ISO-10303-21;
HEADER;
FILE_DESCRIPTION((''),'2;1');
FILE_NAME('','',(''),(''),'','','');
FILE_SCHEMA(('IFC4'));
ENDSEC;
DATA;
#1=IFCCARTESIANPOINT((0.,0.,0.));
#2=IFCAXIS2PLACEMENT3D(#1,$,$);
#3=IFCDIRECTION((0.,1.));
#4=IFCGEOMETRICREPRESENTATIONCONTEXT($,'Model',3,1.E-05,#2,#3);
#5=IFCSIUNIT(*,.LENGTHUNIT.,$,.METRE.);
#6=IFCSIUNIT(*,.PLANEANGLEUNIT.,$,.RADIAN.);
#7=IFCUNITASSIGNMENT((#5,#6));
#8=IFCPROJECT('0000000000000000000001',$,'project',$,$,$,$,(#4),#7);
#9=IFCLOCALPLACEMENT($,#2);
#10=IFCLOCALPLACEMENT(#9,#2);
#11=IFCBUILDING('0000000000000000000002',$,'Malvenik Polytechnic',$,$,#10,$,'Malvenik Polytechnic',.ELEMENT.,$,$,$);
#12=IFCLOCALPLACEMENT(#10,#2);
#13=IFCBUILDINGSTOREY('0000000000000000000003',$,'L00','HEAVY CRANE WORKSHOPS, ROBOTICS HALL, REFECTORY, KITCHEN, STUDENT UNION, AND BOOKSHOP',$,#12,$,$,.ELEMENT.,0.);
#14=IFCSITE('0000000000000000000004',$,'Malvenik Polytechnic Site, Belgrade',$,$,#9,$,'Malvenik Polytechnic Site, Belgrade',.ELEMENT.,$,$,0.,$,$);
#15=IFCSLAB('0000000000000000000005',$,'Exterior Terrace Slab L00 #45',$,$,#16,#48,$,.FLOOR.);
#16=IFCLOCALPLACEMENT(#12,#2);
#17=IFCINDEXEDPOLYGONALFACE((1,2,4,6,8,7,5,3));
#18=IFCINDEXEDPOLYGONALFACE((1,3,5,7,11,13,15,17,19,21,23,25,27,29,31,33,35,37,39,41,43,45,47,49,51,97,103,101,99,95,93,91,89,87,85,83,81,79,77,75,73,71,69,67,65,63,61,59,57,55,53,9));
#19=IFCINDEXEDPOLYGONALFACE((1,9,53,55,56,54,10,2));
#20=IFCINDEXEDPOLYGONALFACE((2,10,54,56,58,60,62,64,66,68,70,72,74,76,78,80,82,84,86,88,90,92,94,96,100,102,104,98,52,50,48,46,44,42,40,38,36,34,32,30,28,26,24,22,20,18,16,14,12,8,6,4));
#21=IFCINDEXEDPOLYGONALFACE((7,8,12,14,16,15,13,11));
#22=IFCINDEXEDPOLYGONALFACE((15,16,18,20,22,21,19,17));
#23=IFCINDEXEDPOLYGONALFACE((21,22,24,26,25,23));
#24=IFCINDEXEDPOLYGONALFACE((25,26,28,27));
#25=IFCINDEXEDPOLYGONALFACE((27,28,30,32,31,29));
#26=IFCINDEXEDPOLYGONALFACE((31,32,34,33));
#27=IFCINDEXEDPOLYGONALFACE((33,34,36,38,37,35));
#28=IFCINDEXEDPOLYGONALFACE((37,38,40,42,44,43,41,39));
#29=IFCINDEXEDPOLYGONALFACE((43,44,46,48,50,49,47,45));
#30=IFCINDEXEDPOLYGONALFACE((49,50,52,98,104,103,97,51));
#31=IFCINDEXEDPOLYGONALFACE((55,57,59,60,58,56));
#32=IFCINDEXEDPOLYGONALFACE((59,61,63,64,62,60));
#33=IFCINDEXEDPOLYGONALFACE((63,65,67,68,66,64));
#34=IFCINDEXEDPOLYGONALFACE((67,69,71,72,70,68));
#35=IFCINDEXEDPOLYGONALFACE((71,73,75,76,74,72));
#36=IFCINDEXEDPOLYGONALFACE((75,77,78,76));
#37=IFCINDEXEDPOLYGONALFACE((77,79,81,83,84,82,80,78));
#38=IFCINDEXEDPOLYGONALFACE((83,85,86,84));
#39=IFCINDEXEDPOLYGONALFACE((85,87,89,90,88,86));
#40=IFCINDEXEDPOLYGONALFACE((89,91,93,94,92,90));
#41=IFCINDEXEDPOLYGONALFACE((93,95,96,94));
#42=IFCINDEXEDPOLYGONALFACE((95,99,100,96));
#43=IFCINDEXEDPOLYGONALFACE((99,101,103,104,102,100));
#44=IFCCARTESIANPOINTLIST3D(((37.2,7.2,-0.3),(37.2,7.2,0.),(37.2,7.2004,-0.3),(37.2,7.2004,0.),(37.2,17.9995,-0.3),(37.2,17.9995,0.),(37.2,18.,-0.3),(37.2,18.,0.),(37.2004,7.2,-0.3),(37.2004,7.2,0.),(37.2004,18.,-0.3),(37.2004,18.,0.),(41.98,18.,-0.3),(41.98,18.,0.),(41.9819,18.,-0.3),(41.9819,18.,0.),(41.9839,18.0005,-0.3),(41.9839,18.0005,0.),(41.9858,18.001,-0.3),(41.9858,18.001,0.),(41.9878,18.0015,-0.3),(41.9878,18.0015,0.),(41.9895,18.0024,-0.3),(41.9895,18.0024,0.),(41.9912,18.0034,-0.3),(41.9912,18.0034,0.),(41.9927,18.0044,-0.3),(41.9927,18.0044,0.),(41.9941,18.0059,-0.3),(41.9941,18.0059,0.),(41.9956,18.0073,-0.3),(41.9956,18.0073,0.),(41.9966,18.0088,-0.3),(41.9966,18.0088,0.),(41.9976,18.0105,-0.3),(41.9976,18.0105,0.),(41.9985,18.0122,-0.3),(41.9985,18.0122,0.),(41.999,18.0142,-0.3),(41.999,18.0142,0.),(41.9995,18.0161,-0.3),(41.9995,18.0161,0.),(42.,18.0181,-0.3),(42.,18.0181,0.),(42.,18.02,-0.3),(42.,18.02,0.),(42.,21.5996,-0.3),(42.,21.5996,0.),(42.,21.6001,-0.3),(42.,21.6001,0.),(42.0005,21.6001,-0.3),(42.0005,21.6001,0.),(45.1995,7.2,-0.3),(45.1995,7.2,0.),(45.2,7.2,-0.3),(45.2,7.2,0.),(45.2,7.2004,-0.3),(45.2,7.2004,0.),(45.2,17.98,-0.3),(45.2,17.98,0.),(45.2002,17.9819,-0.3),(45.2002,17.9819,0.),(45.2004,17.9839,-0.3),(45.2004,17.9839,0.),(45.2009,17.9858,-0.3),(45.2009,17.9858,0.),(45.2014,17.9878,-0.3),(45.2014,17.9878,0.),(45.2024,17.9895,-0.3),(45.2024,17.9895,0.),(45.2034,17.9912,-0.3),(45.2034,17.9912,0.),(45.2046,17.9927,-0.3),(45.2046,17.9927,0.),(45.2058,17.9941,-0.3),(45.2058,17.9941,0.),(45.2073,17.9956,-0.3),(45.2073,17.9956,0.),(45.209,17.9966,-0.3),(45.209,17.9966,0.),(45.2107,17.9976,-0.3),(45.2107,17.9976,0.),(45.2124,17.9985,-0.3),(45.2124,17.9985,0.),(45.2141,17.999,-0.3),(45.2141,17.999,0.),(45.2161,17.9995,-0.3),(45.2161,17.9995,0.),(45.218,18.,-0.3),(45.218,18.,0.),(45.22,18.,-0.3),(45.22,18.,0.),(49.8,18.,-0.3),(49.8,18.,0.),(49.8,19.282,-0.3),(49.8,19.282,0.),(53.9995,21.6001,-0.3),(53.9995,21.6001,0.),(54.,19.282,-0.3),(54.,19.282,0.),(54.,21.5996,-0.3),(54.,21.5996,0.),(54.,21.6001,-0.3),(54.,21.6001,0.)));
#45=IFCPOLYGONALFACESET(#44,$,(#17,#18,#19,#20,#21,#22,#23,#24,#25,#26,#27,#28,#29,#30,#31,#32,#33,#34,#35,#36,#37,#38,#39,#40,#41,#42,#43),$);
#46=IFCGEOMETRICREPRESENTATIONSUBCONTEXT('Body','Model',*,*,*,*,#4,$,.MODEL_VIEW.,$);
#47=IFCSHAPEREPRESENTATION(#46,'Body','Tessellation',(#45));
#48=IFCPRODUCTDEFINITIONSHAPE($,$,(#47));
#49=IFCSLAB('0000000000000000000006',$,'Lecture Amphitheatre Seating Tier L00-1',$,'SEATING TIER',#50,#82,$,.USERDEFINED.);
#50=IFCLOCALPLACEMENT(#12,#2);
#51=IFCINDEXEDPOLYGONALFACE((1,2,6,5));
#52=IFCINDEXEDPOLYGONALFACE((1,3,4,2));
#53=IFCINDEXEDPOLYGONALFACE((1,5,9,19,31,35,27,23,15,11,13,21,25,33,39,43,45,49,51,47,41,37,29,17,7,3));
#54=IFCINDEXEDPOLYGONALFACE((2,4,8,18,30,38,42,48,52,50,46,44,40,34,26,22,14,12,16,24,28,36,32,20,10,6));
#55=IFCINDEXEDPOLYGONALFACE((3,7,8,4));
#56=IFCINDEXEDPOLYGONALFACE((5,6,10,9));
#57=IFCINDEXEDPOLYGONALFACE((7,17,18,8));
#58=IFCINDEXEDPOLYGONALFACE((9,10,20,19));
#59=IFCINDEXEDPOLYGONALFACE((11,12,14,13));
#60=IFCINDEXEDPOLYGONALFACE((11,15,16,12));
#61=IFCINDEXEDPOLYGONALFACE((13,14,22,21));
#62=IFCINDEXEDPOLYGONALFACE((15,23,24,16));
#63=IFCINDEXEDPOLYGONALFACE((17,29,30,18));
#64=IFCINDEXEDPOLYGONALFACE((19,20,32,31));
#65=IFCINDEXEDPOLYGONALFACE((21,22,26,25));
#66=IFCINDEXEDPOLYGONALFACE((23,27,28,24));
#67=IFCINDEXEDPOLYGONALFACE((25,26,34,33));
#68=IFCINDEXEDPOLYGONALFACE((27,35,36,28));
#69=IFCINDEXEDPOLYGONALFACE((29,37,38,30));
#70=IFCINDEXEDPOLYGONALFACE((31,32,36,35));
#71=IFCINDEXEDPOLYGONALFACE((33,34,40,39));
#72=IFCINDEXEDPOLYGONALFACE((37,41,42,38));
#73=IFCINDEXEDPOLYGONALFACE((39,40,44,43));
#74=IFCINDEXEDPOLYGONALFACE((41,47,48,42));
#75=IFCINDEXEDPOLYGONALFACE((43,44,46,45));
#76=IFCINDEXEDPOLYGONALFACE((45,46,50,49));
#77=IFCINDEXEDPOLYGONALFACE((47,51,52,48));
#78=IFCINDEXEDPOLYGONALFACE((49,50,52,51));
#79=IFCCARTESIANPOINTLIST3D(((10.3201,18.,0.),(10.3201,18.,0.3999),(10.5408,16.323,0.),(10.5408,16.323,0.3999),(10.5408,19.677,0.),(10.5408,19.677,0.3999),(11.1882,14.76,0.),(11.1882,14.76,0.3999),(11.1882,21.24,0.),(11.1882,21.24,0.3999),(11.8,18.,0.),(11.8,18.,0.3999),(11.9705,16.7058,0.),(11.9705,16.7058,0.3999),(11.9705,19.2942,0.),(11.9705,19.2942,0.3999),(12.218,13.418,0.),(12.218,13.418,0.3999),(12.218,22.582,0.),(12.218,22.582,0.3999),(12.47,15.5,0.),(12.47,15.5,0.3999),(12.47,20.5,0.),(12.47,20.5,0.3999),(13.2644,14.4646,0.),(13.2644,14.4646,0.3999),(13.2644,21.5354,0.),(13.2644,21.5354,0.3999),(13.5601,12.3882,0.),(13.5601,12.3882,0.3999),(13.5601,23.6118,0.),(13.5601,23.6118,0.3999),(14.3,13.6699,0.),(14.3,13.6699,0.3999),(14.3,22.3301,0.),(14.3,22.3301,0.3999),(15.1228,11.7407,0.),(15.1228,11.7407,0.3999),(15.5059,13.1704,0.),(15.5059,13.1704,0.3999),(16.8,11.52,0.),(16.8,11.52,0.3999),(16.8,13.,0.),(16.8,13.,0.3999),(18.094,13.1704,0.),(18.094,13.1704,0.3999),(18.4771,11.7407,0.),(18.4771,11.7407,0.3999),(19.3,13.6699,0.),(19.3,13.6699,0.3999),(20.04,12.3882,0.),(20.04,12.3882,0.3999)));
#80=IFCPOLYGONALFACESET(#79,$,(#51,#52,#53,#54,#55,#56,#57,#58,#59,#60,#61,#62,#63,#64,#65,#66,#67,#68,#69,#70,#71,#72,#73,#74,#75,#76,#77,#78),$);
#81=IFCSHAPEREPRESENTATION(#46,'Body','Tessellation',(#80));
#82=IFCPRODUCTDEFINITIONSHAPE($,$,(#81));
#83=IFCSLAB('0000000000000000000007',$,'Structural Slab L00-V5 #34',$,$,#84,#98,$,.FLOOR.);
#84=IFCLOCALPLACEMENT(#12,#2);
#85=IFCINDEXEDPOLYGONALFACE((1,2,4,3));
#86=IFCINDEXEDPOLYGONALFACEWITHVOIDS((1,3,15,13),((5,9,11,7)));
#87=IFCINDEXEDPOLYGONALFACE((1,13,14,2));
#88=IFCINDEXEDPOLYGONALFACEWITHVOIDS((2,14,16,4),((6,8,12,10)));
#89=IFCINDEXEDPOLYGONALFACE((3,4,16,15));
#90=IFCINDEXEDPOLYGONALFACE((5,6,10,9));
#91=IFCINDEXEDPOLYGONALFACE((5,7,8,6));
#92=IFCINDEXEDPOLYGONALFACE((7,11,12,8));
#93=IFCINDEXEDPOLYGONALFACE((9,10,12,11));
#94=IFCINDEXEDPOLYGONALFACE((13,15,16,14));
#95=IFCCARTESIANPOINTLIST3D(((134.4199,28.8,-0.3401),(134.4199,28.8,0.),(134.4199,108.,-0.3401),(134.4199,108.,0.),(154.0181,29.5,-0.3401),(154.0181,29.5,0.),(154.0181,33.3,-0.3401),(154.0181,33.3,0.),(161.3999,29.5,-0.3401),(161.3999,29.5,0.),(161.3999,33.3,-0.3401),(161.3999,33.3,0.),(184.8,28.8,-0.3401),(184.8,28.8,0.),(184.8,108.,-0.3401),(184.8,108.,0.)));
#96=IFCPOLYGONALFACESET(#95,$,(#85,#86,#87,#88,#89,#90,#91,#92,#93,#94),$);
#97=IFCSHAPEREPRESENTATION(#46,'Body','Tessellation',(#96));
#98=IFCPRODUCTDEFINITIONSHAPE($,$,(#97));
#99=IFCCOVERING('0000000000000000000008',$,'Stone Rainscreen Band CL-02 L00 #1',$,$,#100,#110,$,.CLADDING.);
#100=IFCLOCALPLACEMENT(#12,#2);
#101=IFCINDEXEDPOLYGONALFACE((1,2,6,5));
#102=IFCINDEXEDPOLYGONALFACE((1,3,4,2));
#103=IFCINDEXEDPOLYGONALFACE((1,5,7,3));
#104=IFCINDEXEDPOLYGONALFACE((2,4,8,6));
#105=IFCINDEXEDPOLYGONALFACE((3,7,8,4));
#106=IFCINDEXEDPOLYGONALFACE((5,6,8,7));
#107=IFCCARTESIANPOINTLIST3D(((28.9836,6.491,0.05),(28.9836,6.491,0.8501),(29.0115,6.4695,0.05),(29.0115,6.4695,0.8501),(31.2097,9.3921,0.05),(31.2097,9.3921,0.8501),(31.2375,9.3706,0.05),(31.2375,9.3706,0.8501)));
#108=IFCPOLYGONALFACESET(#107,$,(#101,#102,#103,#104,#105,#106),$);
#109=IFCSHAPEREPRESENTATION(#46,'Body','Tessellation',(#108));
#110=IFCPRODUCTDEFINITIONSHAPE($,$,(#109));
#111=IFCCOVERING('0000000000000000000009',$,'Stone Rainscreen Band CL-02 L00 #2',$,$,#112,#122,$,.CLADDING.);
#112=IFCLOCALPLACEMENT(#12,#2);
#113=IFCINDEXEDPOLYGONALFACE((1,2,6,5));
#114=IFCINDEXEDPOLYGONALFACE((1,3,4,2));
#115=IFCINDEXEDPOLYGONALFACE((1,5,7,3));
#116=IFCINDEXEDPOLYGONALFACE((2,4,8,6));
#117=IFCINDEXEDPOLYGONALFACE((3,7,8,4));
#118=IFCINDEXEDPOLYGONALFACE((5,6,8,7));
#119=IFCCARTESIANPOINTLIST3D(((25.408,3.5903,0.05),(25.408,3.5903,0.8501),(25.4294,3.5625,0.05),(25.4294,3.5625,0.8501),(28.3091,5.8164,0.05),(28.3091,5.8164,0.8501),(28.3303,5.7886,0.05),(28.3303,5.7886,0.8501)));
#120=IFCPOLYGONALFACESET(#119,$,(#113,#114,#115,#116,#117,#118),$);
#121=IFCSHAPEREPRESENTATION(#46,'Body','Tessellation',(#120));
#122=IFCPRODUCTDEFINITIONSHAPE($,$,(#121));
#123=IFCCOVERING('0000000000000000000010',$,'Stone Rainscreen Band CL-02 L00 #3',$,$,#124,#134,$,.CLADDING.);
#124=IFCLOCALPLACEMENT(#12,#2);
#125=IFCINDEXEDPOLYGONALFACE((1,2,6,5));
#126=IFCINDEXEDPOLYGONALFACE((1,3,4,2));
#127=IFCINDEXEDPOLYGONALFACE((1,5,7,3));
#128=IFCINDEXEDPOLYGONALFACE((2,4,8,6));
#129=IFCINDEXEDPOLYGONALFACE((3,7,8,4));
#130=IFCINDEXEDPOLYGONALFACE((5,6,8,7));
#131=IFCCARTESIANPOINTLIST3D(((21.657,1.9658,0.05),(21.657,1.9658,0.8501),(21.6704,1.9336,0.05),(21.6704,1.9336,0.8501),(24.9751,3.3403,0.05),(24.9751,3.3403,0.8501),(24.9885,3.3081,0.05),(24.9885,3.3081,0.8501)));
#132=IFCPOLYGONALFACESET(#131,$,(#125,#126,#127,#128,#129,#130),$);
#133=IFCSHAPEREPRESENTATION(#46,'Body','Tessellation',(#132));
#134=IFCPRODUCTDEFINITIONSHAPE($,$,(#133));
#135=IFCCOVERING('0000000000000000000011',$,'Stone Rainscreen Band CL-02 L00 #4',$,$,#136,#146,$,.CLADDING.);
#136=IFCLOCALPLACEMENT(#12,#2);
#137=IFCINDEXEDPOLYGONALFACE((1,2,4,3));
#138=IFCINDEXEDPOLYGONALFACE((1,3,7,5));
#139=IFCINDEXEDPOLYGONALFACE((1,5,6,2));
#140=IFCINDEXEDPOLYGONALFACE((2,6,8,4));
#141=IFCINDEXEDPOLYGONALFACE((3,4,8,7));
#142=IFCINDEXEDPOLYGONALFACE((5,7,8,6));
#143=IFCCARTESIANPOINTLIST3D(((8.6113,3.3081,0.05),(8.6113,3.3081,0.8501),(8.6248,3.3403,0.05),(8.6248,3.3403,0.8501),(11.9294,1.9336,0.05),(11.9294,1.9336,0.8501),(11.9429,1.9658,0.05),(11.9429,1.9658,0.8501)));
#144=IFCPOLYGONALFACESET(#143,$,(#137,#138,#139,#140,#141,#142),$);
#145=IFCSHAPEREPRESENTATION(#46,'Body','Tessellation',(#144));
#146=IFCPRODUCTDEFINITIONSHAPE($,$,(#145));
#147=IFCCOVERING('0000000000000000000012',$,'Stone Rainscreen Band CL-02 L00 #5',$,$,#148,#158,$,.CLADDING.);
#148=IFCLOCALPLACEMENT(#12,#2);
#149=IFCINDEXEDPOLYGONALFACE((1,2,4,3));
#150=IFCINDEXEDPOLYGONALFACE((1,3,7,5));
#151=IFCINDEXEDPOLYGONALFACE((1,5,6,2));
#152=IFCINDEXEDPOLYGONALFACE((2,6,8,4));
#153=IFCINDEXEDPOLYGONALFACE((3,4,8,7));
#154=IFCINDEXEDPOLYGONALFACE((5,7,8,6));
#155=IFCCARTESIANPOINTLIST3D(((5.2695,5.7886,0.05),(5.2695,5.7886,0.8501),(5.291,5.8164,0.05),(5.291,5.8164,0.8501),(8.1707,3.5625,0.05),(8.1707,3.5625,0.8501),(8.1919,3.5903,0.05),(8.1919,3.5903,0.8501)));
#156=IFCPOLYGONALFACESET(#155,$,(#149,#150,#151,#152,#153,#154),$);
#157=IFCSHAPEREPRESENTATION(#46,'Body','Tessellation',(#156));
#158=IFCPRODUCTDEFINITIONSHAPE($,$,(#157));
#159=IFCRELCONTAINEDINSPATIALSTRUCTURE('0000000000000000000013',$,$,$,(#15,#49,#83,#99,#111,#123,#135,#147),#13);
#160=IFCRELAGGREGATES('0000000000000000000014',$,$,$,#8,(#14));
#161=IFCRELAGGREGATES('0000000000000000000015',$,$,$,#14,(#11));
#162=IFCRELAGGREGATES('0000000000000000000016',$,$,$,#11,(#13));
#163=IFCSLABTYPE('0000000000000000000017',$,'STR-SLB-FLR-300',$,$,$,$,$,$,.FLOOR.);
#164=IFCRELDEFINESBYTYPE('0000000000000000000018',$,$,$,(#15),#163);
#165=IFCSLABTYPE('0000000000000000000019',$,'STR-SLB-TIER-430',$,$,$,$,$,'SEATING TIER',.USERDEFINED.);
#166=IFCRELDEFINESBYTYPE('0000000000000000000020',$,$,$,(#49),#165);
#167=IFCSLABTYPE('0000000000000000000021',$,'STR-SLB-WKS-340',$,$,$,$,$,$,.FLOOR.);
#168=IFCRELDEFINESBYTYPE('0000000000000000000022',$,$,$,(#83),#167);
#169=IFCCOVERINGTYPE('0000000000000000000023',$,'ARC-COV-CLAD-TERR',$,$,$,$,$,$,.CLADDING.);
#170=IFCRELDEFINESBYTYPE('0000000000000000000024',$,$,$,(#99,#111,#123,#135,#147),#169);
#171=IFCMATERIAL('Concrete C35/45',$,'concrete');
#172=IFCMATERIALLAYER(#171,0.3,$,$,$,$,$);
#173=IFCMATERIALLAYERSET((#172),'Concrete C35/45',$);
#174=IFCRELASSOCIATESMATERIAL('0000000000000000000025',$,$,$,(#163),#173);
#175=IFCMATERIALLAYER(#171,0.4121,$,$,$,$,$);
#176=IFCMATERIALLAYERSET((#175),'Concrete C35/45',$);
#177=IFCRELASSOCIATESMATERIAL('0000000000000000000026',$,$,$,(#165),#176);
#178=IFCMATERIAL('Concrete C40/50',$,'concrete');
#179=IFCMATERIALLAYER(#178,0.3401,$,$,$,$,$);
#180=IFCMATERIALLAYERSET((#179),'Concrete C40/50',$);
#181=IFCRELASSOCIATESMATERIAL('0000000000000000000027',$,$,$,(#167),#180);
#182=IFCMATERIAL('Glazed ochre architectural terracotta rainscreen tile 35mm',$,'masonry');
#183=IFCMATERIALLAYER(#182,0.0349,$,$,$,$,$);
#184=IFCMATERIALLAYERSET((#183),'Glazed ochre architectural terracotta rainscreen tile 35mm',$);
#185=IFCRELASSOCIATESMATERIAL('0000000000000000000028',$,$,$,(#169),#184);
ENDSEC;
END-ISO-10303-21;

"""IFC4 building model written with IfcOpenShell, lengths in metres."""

from ifc_helpers import new_model, si_unit, direction, frame, origin, place, context, subcontext, project, spatial, polyline, outline, extrude, material, layer, layer_set, type_object, element, save


model = new_model("IFC4")

# Units and contexts
model_context = context("Model", 3, precision=1e-05, world=origin(), true_north=direction((0.0, 1.0)))
body_context = subcontext(model_context, "Body", "Model", "MODEL_VIEW")
ifc_project = project(units=[si_unit("LENGTHUNIT", "METRE"), si_unit("PLANEANGLEUNIT", "RADIAN")], contexts=[model_context])

# Site, building, storey
site_placement = place(None, origin())
site = spatial("IfcSite", under=ifc_project, at=site_placement, Name="Malvenik Polytechnic Site, Belgrade", LongName="Malvenik Polytechnic Site, Belgrade", CompositionType="ELEMENT", RefElevation=0.0)
building_placement = place(site_placement, origin())
building = spatial("IfcBuilding", under=site, at=building_placement, Name="Malvenik Polytechnic", LongName="Malvenik Polytechnic", CompositionType="ELEMENT")
storey_placement = place(building_placement, origin())
storey = spatial("IfcBuildingStorey", under=building, at=storey_placement, Name="L00", Description="HEAVY CRANE WORKSHOPS, ROBOTICS HALL, REFECTORY, KITCHEN, STUDENT UNION, AND BOOKSHOP", CompositionType="ELEMENT", Elevation=0.0)

# Slabs
ifc_material_1 = material(Name="Concrete C35/45", Category="concrete")
ifc_layer_1 = layer(ifc_material_1, 0.3)
ifc_layer_set_1 = layer_set([ifc_layer_1], Name="Concrete C35/45")
slab_type_1 = type_object("IfcSlabType", Name="STR-SLB-FLR-300", PredefinedType="FLOOR", material=ifc_layer_set_1)
slab_1_placement = place(storey_placement, frame((0.0, 0.0, -0.3)))
element("IfcSlab", 1, at=slab_1_placement, inside=storey, type_object=slab_type_1, Name="Exterior Terrace Slab L00 #45", PredefinedType="FLOOR", context=body_context, shape_type="SweptSolid", body=[
    extrude(outline(polyline([(37.2, 18.0), (37.2004, 18.0), (41.98, 18.0), (41.9819, 18.0), (41.9839, 18.0005), (41.9858, 18.001), (41.9878, 18.0015), (41.9895, 18.0024), (41.9912, 18.0034), (41.9927, 18.0044), (41.9941, 18.0059), (41.9956, 18.0073), (41.9966, 18.0088), (41.9976, 18.0105), (41.9985, 18.0122), (41.999, 18.0142), (41.9995, 18.0161), (42.0, 18.0181), (42.0, 18.02), (42.0, 21.5996), (42.0, 21.6001), (42.0005, 21.6001), (53.9995, 21.6001), (54.0, 21.6001), (54.0, 21.5996), (54.0, 19.282), (49.8, 19.282), (49.8, 18.0), (45.22, 18.0), (45.218, 18.0), (45.2161, 17.9995), (45.2141, 17.999), (45.2124, 17.9985), (45.2107, 17.9976), (45.209, 17.9966), (45.2073, 17.9956), (45.2058, 17.9941), (45.2046, 17.9927), (45.2034, 17.9912), (45.2024, 17.9895), (45.2014, 17.9878), (45.2009, 17.9858), (45.2004, 17.9839), (45.2002, 17.9819), (45.2, 17.98), (45.2, 7.2004), (45.2, 7.2), (45.1995, 7.2), (37.2004, 7.2), (37.2, 7.2), (37.2, 7.2004), (37.2, 17.9995), (37.2, 18.0)])), origin(), (0.0, 0.0, 1.0), 0.3),
])
ifc_layer_2 = layer(ifc_material_1, 0.4121)
ifc_layer_set_2 = layer_set([ifc_layer_2], Name="Concrete C35/45")
slab_type_2 = type_object("IfcSlabType", Name="STR-SLB-TIER-430", ElementType="SEATING TIER", PredefinedType="USERDEFINED", material=ifc_layer_set_2)
slab_2_placement = place(storey_placement, origin())
element("IfcSlab", 2, at=slab_2_placement, inside=storey, type_object=slab_type_2, Name="Lecture Amphitheatre Seating Tier L00-1", ObjectType="SEATING TIER", PredefinedType="USERDEFINED", context=body_context, shape_type="SweptSolid", body=[
    extrude(outline(polyline([(13.5601, 23.6118), (12.218, 22.582), (11.1882, 21.24), (10.5408, 19.677), (10.3201, 18.0), (10.5408, 16.323), (11.1882, 14.76), (12.218, 13.418), (13.5601, 12.3882), (15.1228, 11.7407), (16.8, 11.52), (18.4771, 11.7407), (20.04, 12.3882), (19.3, 13.6699), (18.094, 13.1704), (16.8, 13.0), (15.5059, 13.1704), (14.3, 13.6699), (13.2644, 14.4646), (12.47, 15.5), (11.9705, 16.7058), (11.8, 18.0), (11.9705, 19.2942), (12.47, 20.5), (13.2644, 21.5354), (14.3, 22.3301), (13.5601, 23.6118)])), origin(), (0.0, 0.0, 1.0), 0.3999),
])
ifc_material_2 = material(Name="Concrete C40/50", Category="concrete")
ifc_layer_3 = layer(ifc_material_2, 0.3401)
ifc_layer_set_3 = layer_set([ifc_layer_3], Name="Concrete C40/50")
slab_type_3 = type_object("IfcSlabType", Name="STR-SLB-WKS-340", PredefinedType="FLOOR", material=ifc_layer_set_3)
slab_3_placement = place(storey_placement, frame((0.0, 0.0, -0.3401)))
element("IfcSlab", 3, at=slab_3_placement, inside=storey, type_object=slab_type_3, Name="Structural Slab L00-V5 #34", PredefinedType="FLOOR", context=body_context, shape_type="SweptSolid", body=[
    extrude(outline(polyline([(184.8, 28.8), (134.4199, 28.8), (134.4199, 108.0), (184.8, 108.0), (184.8, 28.8)]), holes=[polyline([(161.3999, 29.5), (161.3999, 33.3), (154.0181, 33.3), (154.0181, 29.5), (161.3999, 29.5)])]), origin(), (0.0, 0.0, 1.0), 0.3401),
])

# Coverings
ifc_material_3 = material(Name="Glazed ochre architectural terracotta rainscreen tile 35mm", Category="masonry")
ifc_layer_4 = layer(ifc_material_3, 0.0349)
ifc_layer_set_4 = layer_set([ifc_layer_4], Name="Glazed ochre architectural terracotta rainscreen tile 35mm")
covering_type = type_object("IfcCoveringType", Name="ARC-COV-CLAD-TERR", PredefinedType="CLADDING", material=ifc_layer_set_4)
covering_1_placement = place(storey_placement, frame((0.0, 0.0, 0.05)))
element("IfcCovering", 4, at=covering_1_placement, inside=storey, type_object=covering_type, Name="Stone Rainscreen Band CL-02 L00 #1", PredefinedType="CLADDING", context=body_context, shape_type="SweptSolid", body=[
    extrude(outline(polyline([(31.2097, 9.3921), (28.9836, 6.491), (29.0115, 6.4695), (31.2375, 9.3706), (31.2097, 9.3921)])), origin(), (0.0, 0.0, 1.0), 0.8),
])
covering_2_placement = place(storey_placement, frame((0.0, 0.0, 0.05)))
element("IfcCovering", 5, at=covering_2_placement, inside=storey, type_object=covering_type, Name="Stone Rainscreen Band CL-02 L00 #2", PredefinedType="CLADDING", context=body_context, shape_type="SweptSolid", body=[
    extrude(outline(polyline([(28.3091, 5.8164), (25.408, 3.5903), (25.4294, 3.5625), (28.3303, 5.7886), (28.3091, 5.8164)])), origin(), (0.0, 0.0, 1.0), 0.8),
])
covering_3_placement = place(storey_placement, frame((0.0, 0.0, 0.05)))
element("IfcCovering", 6, at=covering_3_placement, inside=storey, type_object=covering_type, Name="Stone Rainscreen Band CL-02 L00 #3", PredefinedType="CLADDING", context=body_context, shape_type="SweptSolid", body=[
    extrude(outline(polyline([(24.9751, 3.3403), (21.657, 1.9658), (21.6704, 1.9336), (24.9885, 3.3081), (24.9751, 3.3403)])), origin(), (0.0, 0.0, 1.0), 0.8),
])
covering_4_placement = place(storey_placement, frame((0.0, 0.0, 0.05)))
element("IfcCovering", 7, at=covering_4_placement, inside=storey, type_object=covering_type, Name="Stone Rainscreen Band CL-02 L00 #4", PredefinedType="CLADDING", context=body_context, shape_type="SweptSolid", body=[
    extrude(outline(polyline([(11.9429, 1.9658), (8.6248, 3.3403), (8.6113, 3.3081), (11.9294, 1.9336), (11.9429, 1.9658)])), origin(), (0.0, 0.0, 1.0), 0.8),
])
covering_5_placement = place(storey_placement, frame((0.0, 0.0, 0.05)))
element("IfcCovering", 8, at=covering_5_placement, inside=storey, type_object=covering_type, Name="Stone Rainscreen Band CL-02 L00 #5", PredefinedType="CLADDING", context=body_context, shape_type="SweptSolid", body=[
    extrude(outline(polyline([(8.1919, 3.5903), (5.291, 5.8164), (5.2695, 5.7886), (8.1707, 3.5625), (8.1919, 3.5903)])), origin(), (0.0, 0.0, 1.0), 0.8),
])

save(model, "model.ifc")
